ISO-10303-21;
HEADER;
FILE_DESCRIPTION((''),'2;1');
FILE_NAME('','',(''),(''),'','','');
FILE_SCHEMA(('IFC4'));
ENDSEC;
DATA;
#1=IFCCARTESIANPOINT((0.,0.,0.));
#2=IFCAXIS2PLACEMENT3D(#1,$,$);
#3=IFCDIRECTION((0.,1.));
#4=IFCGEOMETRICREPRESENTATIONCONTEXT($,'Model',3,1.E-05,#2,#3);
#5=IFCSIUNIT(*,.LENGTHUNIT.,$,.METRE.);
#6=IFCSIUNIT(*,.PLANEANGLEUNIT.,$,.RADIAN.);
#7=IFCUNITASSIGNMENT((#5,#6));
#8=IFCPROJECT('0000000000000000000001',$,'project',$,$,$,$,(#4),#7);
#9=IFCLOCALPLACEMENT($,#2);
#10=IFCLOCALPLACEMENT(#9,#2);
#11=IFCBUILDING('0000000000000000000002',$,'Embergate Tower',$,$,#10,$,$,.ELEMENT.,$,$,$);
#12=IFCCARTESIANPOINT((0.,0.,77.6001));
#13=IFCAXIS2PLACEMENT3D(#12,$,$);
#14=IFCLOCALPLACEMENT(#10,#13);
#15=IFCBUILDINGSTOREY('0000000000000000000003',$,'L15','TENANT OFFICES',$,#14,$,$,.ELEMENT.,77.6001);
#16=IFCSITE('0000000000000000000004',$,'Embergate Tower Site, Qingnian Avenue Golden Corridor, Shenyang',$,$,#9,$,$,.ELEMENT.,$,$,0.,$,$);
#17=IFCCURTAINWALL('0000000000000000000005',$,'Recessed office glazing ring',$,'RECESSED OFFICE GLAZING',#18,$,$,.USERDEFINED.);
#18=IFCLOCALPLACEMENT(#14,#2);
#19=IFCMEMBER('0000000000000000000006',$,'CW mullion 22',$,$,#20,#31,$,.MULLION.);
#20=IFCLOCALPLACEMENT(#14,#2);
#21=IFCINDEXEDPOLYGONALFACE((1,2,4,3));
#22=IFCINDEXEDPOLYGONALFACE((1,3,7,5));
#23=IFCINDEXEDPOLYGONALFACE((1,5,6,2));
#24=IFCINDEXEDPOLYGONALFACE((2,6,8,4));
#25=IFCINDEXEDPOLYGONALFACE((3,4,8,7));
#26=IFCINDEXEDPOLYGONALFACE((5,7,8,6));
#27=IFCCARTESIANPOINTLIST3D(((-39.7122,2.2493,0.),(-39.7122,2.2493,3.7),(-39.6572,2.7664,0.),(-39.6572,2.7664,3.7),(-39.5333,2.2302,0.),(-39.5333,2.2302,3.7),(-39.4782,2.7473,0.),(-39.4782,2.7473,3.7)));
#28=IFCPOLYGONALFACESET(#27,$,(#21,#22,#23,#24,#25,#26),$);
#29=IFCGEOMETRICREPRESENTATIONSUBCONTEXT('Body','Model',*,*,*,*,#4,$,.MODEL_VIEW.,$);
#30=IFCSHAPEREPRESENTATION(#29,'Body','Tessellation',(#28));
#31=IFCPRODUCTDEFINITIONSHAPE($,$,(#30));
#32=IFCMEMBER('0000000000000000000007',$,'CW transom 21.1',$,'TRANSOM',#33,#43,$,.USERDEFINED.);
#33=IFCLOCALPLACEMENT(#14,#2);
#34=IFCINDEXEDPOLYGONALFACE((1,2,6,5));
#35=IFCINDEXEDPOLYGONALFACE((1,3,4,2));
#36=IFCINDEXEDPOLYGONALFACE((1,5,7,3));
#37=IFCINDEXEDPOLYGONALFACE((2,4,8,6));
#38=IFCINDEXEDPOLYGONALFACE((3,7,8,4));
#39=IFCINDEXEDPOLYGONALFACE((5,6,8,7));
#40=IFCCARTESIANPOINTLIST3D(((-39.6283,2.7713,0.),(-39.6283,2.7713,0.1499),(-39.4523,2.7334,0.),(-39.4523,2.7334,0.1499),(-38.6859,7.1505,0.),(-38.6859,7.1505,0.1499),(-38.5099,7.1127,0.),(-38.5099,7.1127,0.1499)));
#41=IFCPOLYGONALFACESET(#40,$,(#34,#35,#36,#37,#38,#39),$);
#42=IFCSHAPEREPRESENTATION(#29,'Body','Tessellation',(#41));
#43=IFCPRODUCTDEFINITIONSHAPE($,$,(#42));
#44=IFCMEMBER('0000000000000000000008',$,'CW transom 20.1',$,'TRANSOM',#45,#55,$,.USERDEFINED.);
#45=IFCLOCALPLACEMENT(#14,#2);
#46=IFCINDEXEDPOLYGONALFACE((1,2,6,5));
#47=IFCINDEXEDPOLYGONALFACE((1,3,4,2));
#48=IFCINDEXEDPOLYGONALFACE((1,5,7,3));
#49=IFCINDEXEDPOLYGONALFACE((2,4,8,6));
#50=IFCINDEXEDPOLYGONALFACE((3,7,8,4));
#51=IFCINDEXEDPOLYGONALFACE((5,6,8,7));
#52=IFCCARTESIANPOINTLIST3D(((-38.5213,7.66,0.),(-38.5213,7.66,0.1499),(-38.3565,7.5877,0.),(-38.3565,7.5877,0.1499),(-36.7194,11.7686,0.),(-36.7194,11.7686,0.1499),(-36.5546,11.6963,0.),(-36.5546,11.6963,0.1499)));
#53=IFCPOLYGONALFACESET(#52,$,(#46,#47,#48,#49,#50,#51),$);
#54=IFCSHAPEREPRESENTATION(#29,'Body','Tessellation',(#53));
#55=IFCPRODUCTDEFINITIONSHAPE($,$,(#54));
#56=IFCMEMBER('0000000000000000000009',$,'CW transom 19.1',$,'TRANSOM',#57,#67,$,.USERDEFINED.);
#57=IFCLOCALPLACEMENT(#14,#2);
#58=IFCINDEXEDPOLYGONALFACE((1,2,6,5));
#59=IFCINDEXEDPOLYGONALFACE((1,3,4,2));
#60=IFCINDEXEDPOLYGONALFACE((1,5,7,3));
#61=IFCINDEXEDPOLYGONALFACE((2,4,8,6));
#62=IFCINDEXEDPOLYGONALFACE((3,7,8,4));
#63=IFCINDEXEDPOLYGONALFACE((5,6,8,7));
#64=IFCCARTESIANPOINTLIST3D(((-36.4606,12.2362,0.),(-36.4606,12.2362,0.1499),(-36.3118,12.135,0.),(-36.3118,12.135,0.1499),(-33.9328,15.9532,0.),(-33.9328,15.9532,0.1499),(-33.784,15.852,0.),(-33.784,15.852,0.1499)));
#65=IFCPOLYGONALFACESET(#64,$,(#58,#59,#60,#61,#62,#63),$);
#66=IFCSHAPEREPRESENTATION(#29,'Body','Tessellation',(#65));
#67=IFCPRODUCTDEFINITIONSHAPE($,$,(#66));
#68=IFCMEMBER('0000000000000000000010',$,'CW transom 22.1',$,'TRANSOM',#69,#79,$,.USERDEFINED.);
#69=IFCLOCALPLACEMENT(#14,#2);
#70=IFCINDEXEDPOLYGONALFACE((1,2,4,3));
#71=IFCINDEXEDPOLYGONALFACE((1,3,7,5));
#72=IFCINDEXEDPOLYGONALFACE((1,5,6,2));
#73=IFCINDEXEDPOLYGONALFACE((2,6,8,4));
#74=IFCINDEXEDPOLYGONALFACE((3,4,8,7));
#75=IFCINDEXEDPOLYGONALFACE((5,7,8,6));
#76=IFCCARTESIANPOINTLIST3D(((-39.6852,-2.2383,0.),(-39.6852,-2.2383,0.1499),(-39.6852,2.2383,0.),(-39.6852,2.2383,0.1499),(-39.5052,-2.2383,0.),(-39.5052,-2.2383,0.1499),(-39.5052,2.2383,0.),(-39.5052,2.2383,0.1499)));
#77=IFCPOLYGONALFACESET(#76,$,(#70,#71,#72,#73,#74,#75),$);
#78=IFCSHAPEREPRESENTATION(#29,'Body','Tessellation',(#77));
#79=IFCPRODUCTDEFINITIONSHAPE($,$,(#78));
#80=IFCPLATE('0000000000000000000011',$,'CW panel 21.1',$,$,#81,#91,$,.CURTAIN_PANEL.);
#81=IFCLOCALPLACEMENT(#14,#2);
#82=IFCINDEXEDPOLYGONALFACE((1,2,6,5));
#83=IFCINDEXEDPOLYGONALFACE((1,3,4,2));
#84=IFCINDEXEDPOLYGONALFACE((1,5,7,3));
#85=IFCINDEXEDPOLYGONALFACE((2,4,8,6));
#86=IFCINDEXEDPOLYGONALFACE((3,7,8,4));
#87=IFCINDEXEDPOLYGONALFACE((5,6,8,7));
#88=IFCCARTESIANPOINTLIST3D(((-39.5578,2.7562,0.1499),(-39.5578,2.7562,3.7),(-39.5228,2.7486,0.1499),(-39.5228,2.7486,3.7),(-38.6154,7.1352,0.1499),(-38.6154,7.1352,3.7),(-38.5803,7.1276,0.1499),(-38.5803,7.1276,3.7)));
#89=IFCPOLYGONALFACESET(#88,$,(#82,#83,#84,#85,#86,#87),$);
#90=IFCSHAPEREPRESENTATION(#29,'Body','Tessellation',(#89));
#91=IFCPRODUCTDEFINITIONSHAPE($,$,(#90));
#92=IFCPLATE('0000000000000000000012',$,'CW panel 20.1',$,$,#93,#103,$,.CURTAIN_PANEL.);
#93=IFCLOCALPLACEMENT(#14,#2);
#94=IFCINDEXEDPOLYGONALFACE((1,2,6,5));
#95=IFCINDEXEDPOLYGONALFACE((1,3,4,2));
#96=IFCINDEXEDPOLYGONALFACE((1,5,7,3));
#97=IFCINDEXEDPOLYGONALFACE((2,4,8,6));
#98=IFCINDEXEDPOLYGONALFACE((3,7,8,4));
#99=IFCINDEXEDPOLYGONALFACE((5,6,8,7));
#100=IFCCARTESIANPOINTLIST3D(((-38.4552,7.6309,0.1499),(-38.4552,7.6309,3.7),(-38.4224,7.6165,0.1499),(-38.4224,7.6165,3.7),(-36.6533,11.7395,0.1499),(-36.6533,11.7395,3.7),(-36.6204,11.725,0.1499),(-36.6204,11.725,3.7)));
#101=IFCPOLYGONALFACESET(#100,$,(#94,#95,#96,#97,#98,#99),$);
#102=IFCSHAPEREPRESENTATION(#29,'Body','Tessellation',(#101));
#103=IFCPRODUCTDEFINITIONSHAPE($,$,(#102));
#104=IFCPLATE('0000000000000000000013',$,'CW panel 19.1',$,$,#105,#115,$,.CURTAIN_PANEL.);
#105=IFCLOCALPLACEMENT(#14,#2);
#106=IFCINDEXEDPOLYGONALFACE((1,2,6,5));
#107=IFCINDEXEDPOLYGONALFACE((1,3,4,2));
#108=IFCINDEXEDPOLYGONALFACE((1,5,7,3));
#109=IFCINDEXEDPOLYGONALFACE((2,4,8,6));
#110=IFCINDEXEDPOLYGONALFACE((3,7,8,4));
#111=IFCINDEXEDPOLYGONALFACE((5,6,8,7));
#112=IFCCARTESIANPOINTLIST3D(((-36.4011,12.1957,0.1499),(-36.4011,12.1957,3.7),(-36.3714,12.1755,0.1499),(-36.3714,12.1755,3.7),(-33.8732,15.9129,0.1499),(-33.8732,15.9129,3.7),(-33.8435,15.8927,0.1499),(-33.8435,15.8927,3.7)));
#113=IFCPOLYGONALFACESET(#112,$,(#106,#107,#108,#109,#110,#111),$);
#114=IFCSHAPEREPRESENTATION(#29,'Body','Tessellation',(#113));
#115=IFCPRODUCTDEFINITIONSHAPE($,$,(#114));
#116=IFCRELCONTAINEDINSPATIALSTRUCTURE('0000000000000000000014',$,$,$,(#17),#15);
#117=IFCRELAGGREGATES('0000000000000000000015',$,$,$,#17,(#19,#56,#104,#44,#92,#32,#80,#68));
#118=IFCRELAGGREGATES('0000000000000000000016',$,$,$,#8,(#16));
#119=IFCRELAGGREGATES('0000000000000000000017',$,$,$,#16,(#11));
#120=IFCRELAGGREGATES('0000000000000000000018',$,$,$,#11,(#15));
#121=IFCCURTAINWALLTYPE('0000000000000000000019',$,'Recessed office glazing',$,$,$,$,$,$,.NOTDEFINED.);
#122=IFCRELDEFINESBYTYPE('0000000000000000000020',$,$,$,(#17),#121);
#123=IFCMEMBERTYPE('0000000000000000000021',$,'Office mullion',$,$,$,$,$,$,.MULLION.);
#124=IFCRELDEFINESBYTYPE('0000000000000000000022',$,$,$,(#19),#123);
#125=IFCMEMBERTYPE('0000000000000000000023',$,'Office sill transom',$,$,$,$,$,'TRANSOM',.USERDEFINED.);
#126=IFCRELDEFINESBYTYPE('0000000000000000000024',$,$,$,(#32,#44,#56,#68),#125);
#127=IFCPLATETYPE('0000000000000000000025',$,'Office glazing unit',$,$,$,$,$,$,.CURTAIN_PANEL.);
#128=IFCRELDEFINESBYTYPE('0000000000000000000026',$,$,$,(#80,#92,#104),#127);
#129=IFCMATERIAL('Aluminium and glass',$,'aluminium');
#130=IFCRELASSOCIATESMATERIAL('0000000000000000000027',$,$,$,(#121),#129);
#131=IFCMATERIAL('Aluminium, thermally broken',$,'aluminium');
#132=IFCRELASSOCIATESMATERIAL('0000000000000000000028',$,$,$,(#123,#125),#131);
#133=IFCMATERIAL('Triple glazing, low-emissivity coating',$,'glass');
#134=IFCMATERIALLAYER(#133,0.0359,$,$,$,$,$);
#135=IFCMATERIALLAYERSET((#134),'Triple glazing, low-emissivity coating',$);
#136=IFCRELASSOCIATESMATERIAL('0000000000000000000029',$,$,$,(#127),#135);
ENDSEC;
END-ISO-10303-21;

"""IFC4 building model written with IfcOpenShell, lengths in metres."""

from ifc_helpers import new_model, si_unit, direction, frame, origin, origin_2d, place, context, subcontext, project, spatial, rectangle, extrude, source, transform, mapped, material, layer, layer_set, material_profile, profile_set, type_object, element, aggregate, save


model = new_model("IFC4")

# Units and contexts
model_context = context("Model", 3, precision=1e-05, world=origin(), true_north=direction((0.0, 1.0)))
body_context = subcontext(model_context, "Body", "Model", "MODEL_VIEW")
ifc_project = project(units=[si_unit("LENGTHUNIT", "METRE"), si_unit("PLANEANGLEUNIT", "RADIAN")], contexts=[model_context])

# Site, building, storey
site_placement = place(None, origin())
site = spatial("IfcSite", under=ifc_project, at=site_placement, Name="Embergate Tower Site, Qingnian Avenue Golden Corridor, Shenyang", CompositionType="ELEMENT", RefElevation=0.0)
building_placement = place(site_placement, origin())
building = spatial("IfcBuilding", under=site, at=building_placement, Name="Embergate Tower", CompositionType="ELEMENT")
storey_placement = place(building_placement, frame((0.0, 0.0, 77.6001)))
storey = spatial("IfcBuildingStorey", under=building, at=storey_placement, Name="L15", Description="TENANT OFFICES", CompositionType="ELEMENT", Elevation=77.6001)

# Curtain wall, members, plates
ifc_material_1 = material(Name="Aluminium and glass", Category="aluminium")
curtain_wall_type = type_object("IfcCurtainWallType", Name="Recessed office glazing", PredefinedType="NOTDEFINED", material=ifc_material_1)
curtain_wall_placement = place(storey_placement, origin())
curtain_wall = element("IfcCurtainWall", 1, at=curtain_wall_placement, inside=storey, type_object=curtain_wall_type, Name="Recessed office glazing ring", ObjectType="RECESSED OFFICE GLAZING", PredefinedType="USERDEFINED")
ifc_material_2 = material(Name="Aluminium, thermally broken", Category="aluminium")
ifc_material_profile_1 = material_profile(ifc_material_2, rectangle(XDim=0.1799, YDim=0.52, at=origin_2d()), Name="AL 520x180")
ifc_profile_set_1 = profile_set([ifc_material_profile_1], Name="Aluminium, thermally broken")
member_type_1 = type_object("IfcMemberType", Name="Office mullion", PredefinedType="MULLION", material=ifc_profile_set_1)
shared_shape_1 = source(origin(), body_context, "Body", "SweptSolid", [
    extrude(rectangle(XDim=0.1799, YDim=0.52, at=origin_2d()), origin(), (0.0, 0.0, 1.0), 3.7),
])
member_1_placement = place(storey_placement, frame((-39.5952, 2.4983, 0.0), z_axis=(0.0, 0.0, 1.0), x_axis=(0.994385, -0.10582, 0.0)))
member_1 = element("IfcMember", 2, at=member_1_placement, type_object=member_type_1, Name="CW mullion 22", PredefinedType="MULLION", context=body_context, shape_type="MappedRepresentation", body=[
    mapped(shared_shape_1, transform((0.0, 0.0, 0.0))),
])
ifc_material_profile_2 = material_profile(ifc_material_2, rectangle(XDim=0.1799, YDim=0.1499, at=origin_2d()), Name="AL 150x180")
ifc_profile_set_2 = profile_set([ifc_material_profile_2], Name="Aluminium, thermally broken")
member_type_2 = type_object("IfcMemberType", Name="Office sill transom", ElementType="TRANSOM", PredefinedType="USERDEFINED", material=ifc_profile_set_2)
shared_shape_2 = source(origin(), body_context, "Body", "SweptSolid", [
    extrude(rectangle(XDim=0.1799, YDim=0.1499, at=origin_2d()), origin(), (0.0, 0.0, 1.0), 4.4795),
])
member_2_placement = place(storey_placement, frame((-38.5979, 7.1316, 0.075), z_axis=(-0.210381, -0.977619, 0.0), x_axis=(0.977619, -0.210381, 0.0)))
member_2 = element("IfcMember", 3, at=member_2_placement, type_object=member_type_2, Name="CW transom 21.1", ObjectType="TRANSOM", PredefinedType="USERDEFINED", context=body_context, shape_type="MappedRepresentation", body=[
    mapped(shared_shape_2, transform((0.0, 0.0, 0.0))),
])
shared_shape_3 = source(origin(), body_context, "Body", "SweptSolid", [
    extrude(rectangle(XDim=0.1799, YDim=0.1499, at=origin_2d()), origin(), (0.0, 0.0, 1.0), 4.4863),
])
member_3_placement = place(storey_placement, frame((-36.637, 11.7324, 0.075), z_axis=(-0.401655, -0.915791, 0.0), x_axis=(0.915791, -0.401655, 0.0)))
member_3 = element("IfcMember", 4, at=member_3_placement, type_object=member_type_2, Name="CW transom 20.1", ObjectType="TRANSOM", PredefinedType="USERDEFINED", context=body_context, shape_type="MappedRepresentation", body=[
    mapped(shared_shape_3, transform((0.0, 0.0, 0.0))),
])
shared_shape_4 = source(origin(), body_context, "Body", "SweptSolid", [
    extrude(rectangle(XDim=0.1799, YDim=0.1499, at=origin_2d()), origin(), (0.0, 0.0, 1.0), 4.4951),
])
member_4_placement = place(storey_placement, frame((-33.8584, 15.9026, 0.075), z_axis=(-0.562347, -0.826901, 0.0), x_axis=(0.826901, -0.562347, 0.0)))
member_4 = element("IfcMember", 5, at=member_4_placement, type_object=member_type_2, Name="CW transom 19.1", ObjectType="TRANSOM", PredefinedType="USERDEFINED", context=body_context, shape_type="MappedRepresentation", body=[
    mapped(shared_shape_4, transform((0.0, 0.0, 0.0))),
])
shared_shape_5 = source(origin(), body_context, "Body", "SweptSolid", [
    extrude(rectangle(XDim=0.1799, YDim=0.1499, at=origin_2d()), origin(), (0.0, 0.0, 1.0), 4.4766),
])
member_5_placement = place(storey_placement, frame((-39.5952, 2.2383, 0.075), z_axis=(0.0, -1.0, 0.0), x_axis=(1.0, 0.0, 0.0)))
member_5 = element("IfcMember", 6, at=member_5_placement, type_object=member_type_2, Name="CW transom 22.1", ObjectType="TRANSOM", PredefinedType="USERDEFINED", context=body_context, shape_type="MappedRepresentation", body=[
    mapped(shared_shape_5, transform((0.0, 0.0, 0.0))),
])
ifc_material_3 = material(Name="Triple glazing, low-emissivity coating", Category="glass")
ifc_layer_1 = layer(ifc_material_3, 0.0359)
ifc_layer_set_1 = layer_set([ifc_layer_1], Name="Triple glazing, low-emissivity coating")
plate_type = type_object("IfcPlateType", Name="Office glazing unit", PredefinedType="CURTAIN_PANEL", material=ifc_layer_set_1)
shared_shape_6 = source(origin(), body_context, "Body", "SweptSolid", [
    extrude(rectangle(XDim=4.4792, YDim=0.0359, at=origin_2d()), origin(), (0.0, 0.0, 1.0), 3.55),
])
plate_1_placement = place(storey_placement, frame((-39.0691, 4.9419, 0.1499), z_axis=(0.0, 0.0, 1.0), x_axis=(-0.210395, -0.977616, 0.0)))
plate_1 = element("IfcPlate", 7, at=plate_1_placement, type_object=plate_type, Name="CW panel 21.1", PredefinedType="CURTAIN_PANEL", context=body_context, shape_type="MappedRepresentation", body=[
    mapped(shared_shape_6, transform((0.0, 0.0, 0.0))),
])
shared_shape_7 = source(origin(), body_context, "Body", "SweptSolid", [
    extrude(rectangle(XDim=4.4863, YDim=0.0359, at=origin_2d()), origin(), (0.0, 0.0, 1.0), 3.55),
])
plate_2_placement = place(storey_placement, frame((-37.5378, 9.678, 0.1499), z_axis=(0.0, 0.0, 1.0), x_axis=(-0.401647, -0.915794, 0.0)))
plate_2 = element("IfcPlate", 8, at=plate_2_placement, type_object=plate_type, Name="CW panel 20.1", PredefinedType="CURTAIN_PANEL", context=body_context, shape_type="MappedRepresentation", body=[
    mapped(shared_shape_7, transform((0.0, 0.0, 0.0))),
])
shared_shape_8 = source(origin(), body_context, "Body", "SweptSolid", [
    extrude(rectangle(XDim=4.4954, YDim=0.0359, at=origin_2d()), origin(), (0.0, 0.0, 1.0), 3.55),
])
plate_3_placement = place(storey_placement, frame((-35.1223, 14.0442, 0.1499), z_axis=(0.0, 0.0, 1.0), x_axis=(-0.562337, -0.826908, 0.0)))
plate_3 = element("IfcPlate", 9, at=plate_3_placement, type_object=plate_type, Name="CW panel 19.1", PredefinedType="CURTAIN_PANEL", context=body_context, shape_type="MappedRepresentation", body=[
    mapped(shared_shape_8, transform((0.0, 0.0, 0.0))),
])
aggregate(curtain_wall, [member_1, member_4, plate_3, member_3, plate_2, member_2, plate_1, member_5])

save(model, "model.ifc")
